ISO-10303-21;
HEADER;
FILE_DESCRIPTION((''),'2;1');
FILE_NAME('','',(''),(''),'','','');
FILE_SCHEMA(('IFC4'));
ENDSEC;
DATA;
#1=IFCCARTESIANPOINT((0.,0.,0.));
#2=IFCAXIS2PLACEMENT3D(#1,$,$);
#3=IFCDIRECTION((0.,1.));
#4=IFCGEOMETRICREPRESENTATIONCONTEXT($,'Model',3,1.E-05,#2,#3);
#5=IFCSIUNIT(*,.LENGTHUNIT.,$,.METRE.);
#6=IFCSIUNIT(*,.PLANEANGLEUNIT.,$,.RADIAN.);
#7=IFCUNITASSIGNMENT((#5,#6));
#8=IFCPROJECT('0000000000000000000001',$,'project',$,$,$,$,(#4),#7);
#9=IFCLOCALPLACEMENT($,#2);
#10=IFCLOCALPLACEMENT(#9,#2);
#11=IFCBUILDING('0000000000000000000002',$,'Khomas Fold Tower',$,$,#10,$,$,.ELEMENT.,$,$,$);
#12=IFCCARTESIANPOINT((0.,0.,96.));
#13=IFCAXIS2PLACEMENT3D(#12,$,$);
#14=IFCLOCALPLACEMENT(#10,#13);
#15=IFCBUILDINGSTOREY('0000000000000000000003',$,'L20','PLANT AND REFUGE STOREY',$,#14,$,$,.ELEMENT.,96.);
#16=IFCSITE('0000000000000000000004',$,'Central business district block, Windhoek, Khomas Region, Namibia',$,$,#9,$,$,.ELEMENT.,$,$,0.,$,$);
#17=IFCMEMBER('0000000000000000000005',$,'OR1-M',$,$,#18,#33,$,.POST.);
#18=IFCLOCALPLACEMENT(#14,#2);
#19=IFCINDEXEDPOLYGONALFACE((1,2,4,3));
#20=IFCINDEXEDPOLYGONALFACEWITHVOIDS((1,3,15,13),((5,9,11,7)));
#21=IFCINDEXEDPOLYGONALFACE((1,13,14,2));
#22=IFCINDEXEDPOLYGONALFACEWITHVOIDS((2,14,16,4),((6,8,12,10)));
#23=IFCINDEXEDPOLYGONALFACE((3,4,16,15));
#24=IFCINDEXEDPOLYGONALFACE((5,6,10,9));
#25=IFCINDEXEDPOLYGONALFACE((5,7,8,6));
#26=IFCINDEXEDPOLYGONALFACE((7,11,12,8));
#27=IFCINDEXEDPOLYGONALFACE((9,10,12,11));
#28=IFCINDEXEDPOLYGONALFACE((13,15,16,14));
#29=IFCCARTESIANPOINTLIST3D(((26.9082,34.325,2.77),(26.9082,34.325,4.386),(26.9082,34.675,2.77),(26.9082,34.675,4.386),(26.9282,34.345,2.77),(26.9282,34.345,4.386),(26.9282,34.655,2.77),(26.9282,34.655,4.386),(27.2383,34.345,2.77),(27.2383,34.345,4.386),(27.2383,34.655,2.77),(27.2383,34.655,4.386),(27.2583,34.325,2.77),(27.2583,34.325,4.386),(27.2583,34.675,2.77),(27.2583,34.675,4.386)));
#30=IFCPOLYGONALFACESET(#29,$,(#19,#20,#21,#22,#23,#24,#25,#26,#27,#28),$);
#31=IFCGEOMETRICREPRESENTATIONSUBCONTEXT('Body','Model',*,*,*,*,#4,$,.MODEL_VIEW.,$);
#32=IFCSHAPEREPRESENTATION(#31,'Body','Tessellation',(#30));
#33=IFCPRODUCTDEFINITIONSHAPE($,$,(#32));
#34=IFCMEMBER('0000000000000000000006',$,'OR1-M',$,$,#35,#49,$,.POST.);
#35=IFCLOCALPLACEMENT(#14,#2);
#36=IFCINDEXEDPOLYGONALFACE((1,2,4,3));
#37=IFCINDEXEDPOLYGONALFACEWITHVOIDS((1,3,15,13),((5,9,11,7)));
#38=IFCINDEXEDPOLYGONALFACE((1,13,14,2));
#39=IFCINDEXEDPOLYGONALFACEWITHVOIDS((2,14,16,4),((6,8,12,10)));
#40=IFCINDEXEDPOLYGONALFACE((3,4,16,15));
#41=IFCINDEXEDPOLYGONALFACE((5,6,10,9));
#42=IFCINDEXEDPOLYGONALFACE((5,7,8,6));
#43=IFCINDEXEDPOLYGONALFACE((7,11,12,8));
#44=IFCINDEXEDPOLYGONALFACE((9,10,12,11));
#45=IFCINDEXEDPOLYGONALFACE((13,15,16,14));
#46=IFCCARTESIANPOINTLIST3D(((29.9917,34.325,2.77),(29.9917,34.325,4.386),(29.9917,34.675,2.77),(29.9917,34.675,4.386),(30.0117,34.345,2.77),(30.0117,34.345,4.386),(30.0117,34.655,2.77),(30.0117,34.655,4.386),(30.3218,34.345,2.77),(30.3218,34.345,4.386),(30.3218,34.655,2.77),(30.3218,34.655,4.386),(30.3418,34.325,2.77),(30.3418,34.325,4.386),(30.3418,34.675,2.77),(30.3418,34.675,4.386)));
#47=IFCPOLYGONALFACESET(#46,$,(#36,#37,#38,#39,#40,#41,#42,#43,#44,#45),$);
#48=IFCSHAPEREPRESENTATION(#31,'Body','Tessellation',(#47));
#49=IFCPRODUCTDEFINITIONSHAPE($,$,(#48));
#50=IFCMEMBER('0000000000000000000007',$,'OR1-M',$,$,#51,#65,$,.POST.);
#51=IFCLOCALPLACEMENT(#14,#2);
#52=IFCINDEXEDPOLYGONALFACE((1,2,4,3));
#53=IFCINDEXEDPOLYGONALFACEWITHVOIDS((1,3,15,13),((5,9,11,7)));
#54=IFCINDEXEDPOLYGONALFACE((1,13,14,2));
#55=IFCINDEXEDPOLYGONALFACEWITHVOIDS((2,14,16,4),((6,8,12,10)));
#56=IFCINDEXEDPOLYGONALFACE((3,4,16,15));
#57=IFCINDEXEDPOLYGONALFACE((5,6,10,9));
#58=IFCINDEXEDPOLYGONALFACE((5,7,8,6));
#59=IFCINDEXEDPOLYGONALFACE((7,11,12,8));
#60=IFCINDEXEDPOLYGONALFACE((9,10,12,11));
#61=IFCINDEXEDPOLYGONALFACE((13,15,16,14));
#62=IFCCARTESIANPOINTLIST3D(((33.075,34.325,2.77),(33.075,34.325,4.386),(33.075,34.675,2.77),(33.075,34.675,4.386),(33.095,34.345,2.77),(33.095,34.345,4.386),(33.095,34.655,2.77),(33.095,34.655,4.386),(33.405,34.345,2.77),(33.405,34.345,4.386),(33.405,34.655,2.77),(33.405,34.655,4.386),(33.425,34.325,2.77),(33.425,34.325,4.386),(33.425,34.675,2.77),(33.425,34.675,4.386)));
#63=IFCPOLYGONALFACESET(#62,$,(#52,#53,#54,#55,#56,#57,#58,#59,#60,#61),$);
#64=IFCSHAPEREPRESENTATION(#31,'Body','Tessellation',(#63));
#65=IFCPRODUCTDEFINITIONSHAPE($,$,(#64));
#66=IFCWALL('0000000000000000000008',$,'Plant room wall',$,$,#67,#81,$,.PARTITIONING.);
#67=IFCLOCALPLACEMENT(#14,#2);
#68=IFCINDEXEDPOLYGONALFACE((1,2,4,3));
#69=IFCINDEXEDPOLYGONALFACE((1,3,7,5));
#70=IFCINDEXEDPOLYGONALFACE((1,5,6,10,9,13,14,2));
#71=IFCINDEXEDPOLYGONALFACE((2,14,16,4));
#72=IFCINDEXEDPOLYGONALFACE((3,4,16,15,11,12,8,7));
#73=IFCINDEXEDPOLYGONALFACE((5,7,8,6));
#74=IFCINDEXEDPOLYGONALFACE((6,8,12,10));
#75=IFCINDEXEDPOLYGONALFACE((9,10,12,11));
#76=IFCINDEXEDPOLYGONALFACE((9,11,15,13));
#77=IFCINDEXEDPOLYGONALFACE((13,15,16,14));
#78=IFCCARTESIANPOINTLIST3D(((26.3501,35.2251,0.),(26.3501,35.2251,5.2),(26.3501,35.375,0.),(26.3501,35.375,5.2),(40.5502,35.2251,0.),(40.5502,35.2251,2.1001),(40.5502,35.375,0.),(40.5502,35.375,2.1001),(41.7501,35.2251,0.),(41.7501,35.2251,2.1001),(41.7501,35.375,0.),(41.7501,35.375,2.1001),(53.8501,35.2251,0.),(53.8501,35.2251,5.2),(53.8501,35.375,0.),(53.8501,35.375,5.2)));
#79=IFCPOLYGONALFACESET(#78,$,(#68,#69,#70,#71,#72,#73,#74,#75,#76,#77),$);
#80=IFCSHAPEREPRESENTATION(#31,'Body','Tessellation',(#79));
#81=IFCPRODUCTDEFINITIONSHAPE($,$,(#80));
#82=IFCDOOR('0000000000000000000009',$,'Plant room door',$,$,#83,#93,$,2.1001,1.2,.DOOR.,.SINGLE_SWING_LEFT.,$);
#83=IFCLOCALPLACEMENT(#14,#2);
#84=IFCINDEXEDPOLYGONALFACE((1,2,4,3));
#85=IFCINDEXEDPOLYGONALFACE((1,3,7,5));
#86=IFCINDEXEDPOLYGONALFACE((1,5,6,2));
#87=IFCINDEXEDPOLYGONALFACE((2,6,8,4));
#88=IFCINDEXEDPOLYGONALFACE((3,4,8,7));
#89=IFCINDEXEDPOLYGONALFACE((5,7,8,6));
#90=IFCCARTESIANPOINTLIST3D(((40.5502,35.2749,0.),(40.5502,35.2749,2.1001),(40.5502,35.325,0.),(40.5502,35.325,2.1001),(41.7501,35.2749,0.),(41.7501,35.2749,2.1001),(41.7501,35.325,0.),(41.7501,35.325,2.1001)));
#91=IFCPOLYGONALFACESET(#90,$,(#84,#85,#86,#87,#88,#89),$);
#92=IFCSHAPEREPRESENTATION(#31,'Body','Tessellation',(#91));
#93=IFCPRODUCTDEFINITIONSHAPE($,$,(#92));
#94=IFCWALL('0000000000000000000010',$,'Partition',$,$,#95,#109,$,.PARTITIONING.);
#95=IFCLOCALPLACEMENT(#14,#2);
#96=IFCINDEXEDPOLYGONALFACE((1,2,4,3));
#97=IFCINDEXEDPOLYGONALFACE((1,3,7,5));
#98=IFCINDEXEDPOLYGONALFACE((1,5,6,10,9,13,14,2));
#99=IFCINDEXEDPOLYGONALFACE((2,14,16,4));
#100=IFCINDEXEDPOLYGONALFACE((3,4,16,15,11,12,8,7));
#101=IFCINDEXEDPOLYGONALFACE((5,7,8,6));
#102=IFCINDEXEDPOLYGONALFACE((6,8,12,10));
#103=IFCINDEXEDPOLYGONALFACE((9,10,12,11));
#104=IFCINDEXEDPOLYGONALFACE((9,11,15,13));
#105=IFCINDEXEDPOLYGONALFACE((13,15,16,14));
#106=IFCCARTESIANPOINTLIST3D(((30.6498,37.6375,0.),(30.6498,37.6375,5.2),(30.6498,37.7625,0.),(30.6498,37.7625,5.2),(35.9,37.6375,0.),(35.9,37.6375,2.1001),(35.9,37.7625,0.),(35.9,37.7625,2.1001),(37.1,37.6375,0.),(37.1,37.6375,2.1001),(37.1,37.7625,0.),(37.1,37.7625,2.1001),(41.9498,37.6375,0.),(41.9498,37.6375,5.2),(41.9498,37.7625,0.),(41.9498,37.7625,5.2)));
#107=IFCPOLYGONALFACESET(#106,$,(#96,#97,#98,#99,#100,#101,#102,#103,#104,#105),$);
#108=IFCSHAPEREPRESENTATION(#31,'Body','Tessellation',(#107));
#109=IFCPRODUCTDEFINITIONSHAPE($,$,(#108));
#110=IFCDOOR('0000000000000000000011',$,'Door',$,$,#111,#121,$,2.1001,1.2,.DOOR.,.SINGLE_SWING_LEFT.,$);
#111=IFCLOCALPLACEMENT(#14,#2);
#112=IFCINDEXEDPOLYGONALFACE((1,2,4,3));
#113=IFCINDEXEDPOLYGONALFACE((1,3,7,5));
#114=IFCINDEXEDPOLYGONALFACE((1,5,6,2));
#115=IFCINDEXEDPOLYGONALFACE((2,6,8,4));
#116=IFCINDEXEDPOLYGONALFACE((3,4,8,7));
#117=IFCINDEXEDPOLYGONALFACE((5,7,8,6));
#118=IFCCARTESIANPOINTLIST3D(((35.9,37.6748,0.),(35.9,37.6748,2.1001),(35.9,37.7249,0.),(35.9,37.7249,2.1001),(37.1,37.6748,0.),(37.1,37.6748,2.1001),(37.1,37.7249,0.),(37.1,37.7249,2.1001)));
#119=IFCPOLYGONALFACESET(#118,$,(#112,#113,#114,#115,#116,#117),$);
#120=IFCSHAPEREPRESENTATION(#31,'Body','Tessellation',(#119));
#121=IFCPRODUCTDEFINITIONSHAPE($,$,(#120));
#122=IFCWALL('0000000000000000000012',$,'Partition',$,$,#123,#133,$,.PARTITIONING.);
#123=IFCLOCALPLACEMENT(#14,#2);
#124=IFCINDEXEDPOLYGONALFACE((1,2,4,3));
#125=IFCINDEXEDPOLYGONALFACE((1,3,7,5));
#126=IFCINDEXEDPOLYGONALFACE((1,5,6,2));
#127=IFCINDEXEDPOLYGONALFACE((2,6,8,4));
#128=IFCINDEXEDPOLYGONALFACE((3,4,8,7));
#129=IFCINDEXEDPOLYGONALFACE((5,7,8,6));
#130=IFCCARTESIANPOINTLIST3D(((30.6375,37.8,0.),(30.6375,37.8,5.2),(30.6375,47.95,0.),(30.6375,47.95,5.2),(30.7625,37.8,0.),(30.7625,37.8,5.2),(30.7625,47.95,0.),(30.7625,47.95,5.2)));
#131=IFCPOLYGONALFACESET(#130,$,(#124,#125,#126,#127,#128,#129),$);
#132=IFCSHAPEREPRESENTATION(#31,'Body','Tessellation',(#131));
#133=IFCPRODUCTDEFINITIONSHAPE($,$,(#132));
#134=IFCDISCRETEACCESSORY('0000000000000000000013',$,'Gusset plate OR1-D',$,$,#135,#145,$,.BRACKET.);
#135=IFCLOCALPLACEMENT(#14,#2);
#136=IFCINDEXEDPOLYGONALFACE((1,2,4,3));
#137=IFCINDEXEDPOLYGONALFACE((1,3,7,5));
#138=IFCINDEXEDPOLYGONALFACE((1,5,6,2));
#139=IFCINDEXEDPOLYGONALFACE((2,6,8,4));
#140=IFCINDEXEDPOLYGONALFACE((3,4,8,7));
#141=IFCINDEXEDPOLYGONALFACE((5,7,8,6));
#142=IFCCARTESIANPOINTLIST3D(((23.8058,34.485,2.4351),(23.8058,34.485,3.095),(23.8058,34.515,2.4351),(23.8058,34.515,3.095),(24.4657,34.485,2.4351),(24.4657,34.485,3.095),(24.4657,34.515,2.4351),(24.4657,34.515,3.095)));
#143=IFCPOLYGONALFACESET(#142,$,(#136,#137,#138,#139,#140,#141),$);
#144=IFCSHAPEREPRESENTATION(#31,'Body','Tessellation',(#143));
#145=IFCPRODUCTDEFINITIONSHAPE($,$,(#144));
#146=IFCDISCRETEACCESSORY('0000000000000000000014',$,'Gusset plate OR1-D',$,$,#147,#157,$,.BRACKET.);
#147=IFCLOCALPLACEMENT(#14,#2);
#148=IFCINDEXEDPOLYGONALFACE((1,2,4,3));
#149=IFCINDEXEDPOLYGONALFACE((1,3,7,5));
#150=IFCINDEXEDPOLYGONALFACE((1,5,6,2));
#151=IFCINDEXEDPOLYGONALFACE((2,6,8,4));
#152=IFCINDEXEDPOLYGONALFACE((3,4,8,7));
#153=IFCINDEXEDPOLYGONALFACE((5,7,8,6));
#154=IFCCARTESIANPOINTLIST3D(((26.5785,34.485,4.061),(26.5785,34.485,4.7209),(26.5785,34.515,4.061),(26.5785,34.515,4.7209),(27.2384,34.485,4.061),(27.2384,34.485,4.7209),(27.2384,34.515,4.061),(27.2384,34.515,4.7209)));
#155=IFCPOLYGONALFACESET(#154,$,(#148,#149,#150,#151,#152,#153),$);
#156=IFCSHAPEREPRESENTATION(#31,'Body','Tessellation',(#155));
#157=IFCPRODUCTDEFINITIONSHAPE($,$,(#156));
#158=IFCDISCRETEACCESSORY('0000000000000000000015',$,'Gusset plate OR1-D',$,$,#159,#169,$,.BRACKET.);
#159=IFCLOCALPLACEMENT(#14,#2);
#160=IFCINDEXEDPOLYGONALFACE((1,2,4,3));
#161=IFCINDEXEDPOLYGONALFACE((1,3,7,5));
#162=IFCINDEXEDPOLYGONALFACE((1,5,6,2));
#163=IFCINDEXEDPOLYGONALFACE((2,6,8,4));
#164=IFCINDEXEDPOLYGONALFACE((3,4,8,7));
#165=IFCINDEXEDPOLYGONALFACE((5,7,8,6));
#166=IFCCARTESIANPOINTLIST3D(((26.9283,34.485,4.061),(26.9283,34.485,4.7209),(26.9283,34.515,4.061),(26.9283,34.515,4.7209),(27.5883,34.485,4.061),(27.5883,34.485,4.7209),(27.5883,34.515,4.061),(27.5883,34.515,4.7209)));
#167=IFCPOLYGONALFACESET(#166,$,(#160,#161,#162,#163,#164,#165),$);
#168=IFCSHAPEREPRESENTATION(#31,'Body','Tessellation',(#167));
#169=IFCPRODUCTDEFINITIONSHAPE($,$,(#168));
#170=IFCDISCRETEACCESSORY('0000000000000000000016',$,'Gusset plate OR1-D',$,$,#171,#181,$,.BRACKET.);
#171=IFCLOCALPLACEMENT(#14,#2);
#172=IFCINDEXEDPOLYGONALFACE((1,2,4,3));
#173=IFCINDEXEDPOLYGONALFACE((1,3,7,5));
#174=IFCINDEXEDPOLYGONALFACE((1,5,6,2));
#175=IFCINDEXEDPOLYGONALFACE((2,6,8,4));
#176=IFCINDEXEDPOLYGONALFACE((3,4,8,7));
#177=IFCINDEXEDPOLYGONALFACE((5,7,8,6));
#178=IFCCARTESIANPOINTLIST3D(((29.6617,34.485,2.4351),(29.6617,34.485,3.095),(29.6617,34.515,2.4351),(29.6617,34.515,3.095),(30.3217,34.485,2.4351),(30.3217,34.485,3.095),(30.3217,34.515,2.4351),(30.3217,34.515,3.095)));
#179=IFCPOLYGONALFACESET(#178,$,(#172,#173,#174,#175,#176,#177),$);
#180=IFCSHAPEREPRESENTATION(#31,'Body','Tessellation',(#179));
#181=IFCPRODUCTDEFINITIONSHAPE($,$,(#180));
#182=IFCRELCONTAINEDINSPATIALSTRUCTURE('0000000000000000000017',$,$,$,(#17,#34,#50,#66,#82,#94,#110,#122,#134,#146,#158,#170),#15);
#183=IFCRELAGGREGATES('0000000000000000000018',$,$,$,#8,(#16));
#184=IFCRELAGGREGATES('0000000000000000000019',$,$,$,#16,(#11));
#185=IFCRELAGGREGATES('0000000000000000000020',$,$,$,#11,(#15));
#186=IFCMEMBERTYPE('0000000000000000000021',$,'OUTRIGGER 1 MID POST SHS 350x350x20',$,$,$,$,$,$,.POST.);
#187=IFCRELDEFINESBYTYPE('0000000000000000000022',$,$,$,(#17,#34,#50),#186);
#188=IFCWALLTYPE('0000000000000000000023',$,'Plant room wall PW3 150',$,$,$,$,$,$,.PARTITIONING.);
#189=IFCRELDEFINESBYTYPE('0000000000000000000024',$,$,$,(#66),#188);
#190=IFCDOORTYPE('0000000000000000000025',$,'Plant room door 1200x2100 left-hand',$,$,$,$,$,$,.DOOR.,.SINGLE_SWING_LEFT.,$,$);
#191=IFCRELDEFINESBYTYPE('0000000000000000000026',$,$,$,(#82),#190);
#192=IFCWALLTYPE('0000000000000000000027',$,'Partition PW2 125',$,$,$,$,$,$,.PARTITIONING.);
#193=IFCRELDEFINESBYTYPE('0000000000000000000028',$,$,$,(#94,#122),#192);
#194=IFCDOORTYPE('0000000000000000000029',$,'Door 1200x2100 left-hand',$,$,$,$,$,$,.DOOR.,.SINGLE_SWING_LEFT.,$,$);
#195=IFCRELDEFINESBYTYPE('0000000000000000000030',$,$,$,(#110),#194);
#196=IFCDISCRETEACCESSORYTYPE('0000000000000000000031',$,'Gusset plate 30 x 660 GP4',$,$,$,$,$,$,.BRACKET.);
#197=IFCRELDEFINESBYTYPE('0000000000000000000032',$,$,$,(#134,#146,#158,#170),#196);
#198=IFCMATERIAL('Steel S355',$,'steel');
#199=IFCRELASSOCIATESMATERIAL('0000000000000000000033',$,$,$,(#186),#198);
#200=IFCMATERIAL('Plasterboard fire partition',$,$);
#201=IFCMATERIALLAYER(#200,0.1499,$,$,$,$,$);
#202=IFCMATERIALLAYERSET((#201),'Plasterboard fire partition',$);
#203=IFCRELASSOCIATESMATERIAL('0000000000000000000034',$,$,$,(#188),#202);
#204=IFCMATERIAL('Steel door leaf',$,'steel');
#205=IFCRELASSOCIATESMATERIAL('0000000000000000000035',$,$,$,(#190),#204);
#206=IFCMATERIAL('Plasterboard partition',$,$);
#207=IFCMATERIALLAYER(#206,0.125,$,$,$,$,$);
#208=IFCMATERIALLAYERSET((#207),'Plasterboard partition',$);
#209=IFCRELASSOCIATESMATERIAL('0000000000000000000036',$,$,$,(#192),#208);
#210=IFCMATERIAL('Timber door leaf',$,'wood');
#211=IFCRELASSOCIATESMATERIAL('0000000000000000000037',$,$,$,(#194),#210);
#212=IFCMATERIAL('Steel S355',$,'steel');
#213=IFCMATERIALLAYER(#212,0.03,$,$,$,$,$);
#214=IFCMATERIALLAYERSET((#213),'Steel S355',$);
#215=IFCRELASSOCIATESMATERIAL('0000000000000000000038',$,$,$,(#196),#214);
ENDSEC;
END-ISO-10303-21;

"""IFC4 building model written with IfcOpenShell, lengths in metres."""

from ifc_helpers import new_model, si_unit, direction, frame, frame_2d, origin, origin_2d, place, context, subcontext, project, spatial, rectangle, hollow_rectangle, extrude, source, transform, mapped, material, layer, layer_set, material_profile, profile_set, type_object, element, fill, save


model = new_model("IFC4")

# Units and contexts
model_context = context("Model", 3, precision=1e-05, world=origin(), true_north=direction((0.0, 1.0)))
body_context = subcontext(model_context, "Body", "Model", "MODEL_VIEW")
ifc_project = project(units=[si_unit("LENGTHUNIT", "METRE"), si_unit("PLANEANGLEUNIT", "RADIAN")], contexts=[model_context])

# Site, building, storey
site_placement = place(None, origin())
site = spatial("IfcSite", under=ifc_project, at=site_placement, Name="Central business district block, Windhoek, Khomas Region, Namibia", CompositionType="ELEMENT", RefElevation=0.0)
building_placement = place(site_placement, origin())
building = spatial("IfcBuilding", under=site, at=building_placement, Name="Khomas Fold Tower", CompositionType="ELEMENT")
storey_placement = place(building_placement, frame((0.0, 0.0, 96.0)))
storey = spatial("IfcBuildingStorey", under=building, at=storey_placement, Name="L20", Description="PLANT AND REFUGE STOREY", CompositionType="ELEMENT", Elevation=96.0)

# Members
ifc_material_1 = material(Name="Steel S355", Category="steel")
ifc_material_profile_1 = material_profile(ifc_material_1, hollow_rectangle(XDim=0.3501, YDim=0.3501, WallThickness=0.02, at=origin_2d()), Name="SHS 350x350x20")
ifc_profile_set_1 = profile_set([ifc_material_profile_1], Name="Steel S355")
member_type_1 = type_object("IfcMemberType", Name="OUTRIGGER 1 MID POST SHS 350x350x20", PredefinedType="POST", material=ifc_profile_set_1)
shared_shape_1 = source(origin(), body_context, "Body", "SweptSolid", [
    extrude(hollow_rectangle(XDim=0.3501, YDim=0.3501, WallThickness=0.02, at=origin_2d()), origin(), (0.0, 0.0, 1.0), 1.616),
])
for number, where, z_axis, x_axis, name in (
    (1, (27.0833, 34.5, 2.77), (0.0, 0.0, 1.0), (1.0, 0.0, 0.0), "OR1-M"),
    (2, (30.1667, 34.5, 2.77), (0.0, 0.0, 1.0), (1.0, 0.0, 0.0), "OR1-M"),
    (3, (33.25, 34.5, 2.77), (0.0, 0.0, 1.0), (1.0, 0.0, 0.0), "OR1-M"),
):
    element("IfcMember", number, at=place(storey_placement, frame(where, z_axis=z_axis, x_axis=x_axis)), inside=storey, type_object=member_type_1, Name=name, PredefinedType="POST", context=body_context, shape_type="MappedRepresentation", body=[
        mapped(shared_shape_1, transform((0.0, 0.0, 0.0))),
    ])

# Walls, openings, doors
ifc_material_2 = material(Name="Plasterboard fire partition")
ifc_layer_1 = layer(ifc_material_2, 0.1499)
ifc_layer_set_1 = layer_set([ifc_layer_1], Name="Plasterboard fire partition")
wall_type_1 = type_object("IfcWallType", Name="Plant room wall PW3 150", PredefinedType="PARTITIONING", material=ifc_layer_set_1)
shared_shape_2 = source(origin(), body_context, "Body", "SweptSolid", [
    extrude(rectangle(XDim=27.5, YDim=0.1499, at=frame_2d((13.75, 0.0))), origin(), (0.0, 0.0, 1.0), 5.2),
])
wall_1_placement = place(storey_placement, frame((26.3501, 35.3, 0.0), z_axis=(0.0, 0.0, 1.0), x_axis=(1.0, 0.0, 0.0)))
wall_1 = element("IfcWall", 4, at=wall_1_placement, inside=storey, type_object=wall_type_1, Name="Plant room wall", PredefinedType="PARTITIONING", context=body_context, shape_type="MappedRepresentation", body=[
    mapped(shared_shape_2, transform((0.0, 0.0, 0.0))),
])
shared_shape_3 = source(origin(), body_context, "Body", "SweptSolid", [
    extrude(rectangle(XDim=1.2, YDim=2.1001, at=frame_2d((0.6001, 1.05))), frame((0.0, 0.085, 0.0), z_axis=(0.0, -1.0, 0.0), x_axis=(1.0, 0.0, 0.0)), (0.0, 0.0, 1.0), 0.1699),
])
opening_1_placement = place(wall_1_placement, frame((14.2, 0.0, 0.0)))
opening_1 = element("IfcOpeningElement", 5, at=opening_1_placement, cuts=wall_1, PredefinedType="OPENING", context=body_context, shape_type="MappedRepresentation", body=[
    mapped(shared_shape_3, transform((0.0, 0.0, 0.0))),
])
ifc_material_3 = material(Name="Steel door leaf", Category="steel")
door_type_1 = type_object("IfcDoorType", Name="Plant room door 1200x2100 left-hand", OperationType="SINGLE_SWING_LEFT", PredefinedType="DOOR", material=ifc_material_3)
shared_shape_4 = source(origin(), body_context, "Body", "SweptSolid", [
    extrude(rectangle(XDim=1.2, YDim=2.1001, at=frame_2d((0.6001, 1.05))), frame((0.0, 0.0249, 0.0), z_axis=(0.0, -1.0, 0.0), x_axis=(1.0, 0.0, 0.0)), (0.0, 0.0, 1.0), 0.05),
])
door_1_placement = place(opening_1_placement, origin())
door_1 = element("IfcDoor", 6, at=door_1_placement, inside=storey, type_object=door_type_1, Name="Plant room door", OperationType="SINGLE_SWING_LEFT", OverallHeight=2.1001, OverallWidth=1.2, PredefinedType="DOOR", context=body_context, shape_type="MappedRepresentation", body=[
    mapped(shared_shape_4, transform((0.0, 0.0, 0.0))),
])
fill(opening_1, door_1)
ifc_material_4 = material(Name="Plasterboard partition")
ifc_layer_2 = layer(ifc_material_4, 0.125)
ifc_layer_set_2 = layer_set([ifc_layer_2], Name="Plasterboard partition")
wall_type_2 = type_object("IfcWallType", Name="Partition PW2 125", PredefinedType="PARTITIONING", material=ifc_layer_set_2)
shared_shape_5 = source(origin(), body_context, "Body", "SweptSolid", [
    extrude(rectangle(XDim=11.3, YDim=0.125, at=frame_2d((5.6499, 0.0))), origin(), (0.0, 0.0, 1.0), 5.2),
])
wall_2_placement = place(storey_placement, frame((30.6499, 37.7, 0.0), z_axis=(0.0, 0.0, 1.0), x_axis=(1.0, 0.0, 0.0)))
wall_2 = element("IfcWall", 7, at=wall_2_placement, inside=storey, type_object=wall_type_2, Name="Partition", PredefinedType="PARTITIONING", context=body_context, shape_type="MappedRepresentation", body=[
    mapped(shared_shape_5, transform((0.0, 0.0, 0.0))),
])
shared_shape_6 = source(origin(), body_context, "Body", "SweptSolid", [
    extrude(rectangle(XDim=1.2, YDim=2.1001, at=frame_2d((0.6001, 1.05))), frame((0.0, 0.0725, 0.0), z_axis=(0.0, -1.0, 0.0), x_axis=(1.0, 0.0, 0.0)), (0.0, 0.0, 1.0), 0.145),
])
opening_2_placement = place(wall_2_placement, frame((5.25, 0.0, 0.0)))
opening_2 = element("IfcOpeningElement", 8, at=opening_2_placement, cuts=wall_2, PredefinedType="OPENING", context=body_context, shape_type="MappedRepresentation", body=[
    mapped(shared_shape_6, transform((0.0, 0.0, 0.0))),
])
ifc_material_5 = material(Name="Timber door leaf", Category="wood")
door_type_2 = type_object("IfcDoorType", Name="Door 1200x2100 left-hand", OperationType="SINGLE_SWING_LEFT", PredefinedType="DOOR", material=ifc_material_5)
door_2_placement = place(opening_2_placement, origin())
door_2 = element("IfcDoor", 9, at=door_2_placement, inside=storey, type_object=door_type_2, Name="Door", OperationType="SINGLE_SWING_LEFT", OverallHeight=2.1001, OverallWidth=1.2, PredefinedType="DOOR", context=body_context, shape_type="MappedRepresentation", body=[
    mapped(shared_shape_4, transform((0.0, 0.0, 0.0))),
])
fill(opening_2, door_2)

# Wall
shared_shape_7 = source(origin(), body_context, "Body", "SweptSolid", [
    extrude(rectangle(XDim=10.1499, YDim=0.125, at=frame_2d((5.075, 0.0))), origin(), (0.0, 0.0, 1.0), 5.2),
])
wall_3_placement = place(storey_placement, frame((30.7, 37.8, 0.0), z_axis=(0.0, 0.0, 1.0), x_axis=(0.0, 1.0, 0.0)))
element("IfcWall", 10, at=wall_3_placement, inside=storey, type_object=wall_type_2, Name="Partition", PredefinedType="PARTITIONING", context=body_context, shape_type="MappedRepresentation", body=[
    mapped(shared_shape_7, transform((0.0, 0.0, 0.0))),
])

# Discrete accessories
ifc_material_6 = material(Name="Steel S355", Category="steel")
ifc_layer_3 = layer(ifc_material_6, 0.03)
ifc_layer_set_3 = layer_set([ifc_layer_3], Name="Steel S355")
discrete_accessory_type = type_object("IfcDiscreteAccessoryType", Name="Gusset plate 30 x 660 GP4", PredefinedType="BRACKET", material=ifc_layer_set_3)
shared_shape_8 = source(origin(), body_context, "Body", "SweptSolid", [
    extrude(rectangle(XDim=0.6599, YDim=0.03, at=origin_2d()), origin(), (0.0, 0.0, 1.0), 0.6599),
])
for number, where, z_axis, x_axis, name in (
    (11, (24.1357, 34.5, 2.4351), (0.0, 0.0, 1.0), (1.0, 0.0, 0.0), "Gusset plate OR1-D"),
    (12, (26.9084, 34.5, 4.061), (0.0, 0.0, 1.0), (1.0, 0.0, 0.0), "Gusset plate OR1-D"),
    (13, (27.2583, 34.5, 4.061), (0.0, 0.0, 1.0), (1.0, 0.0, 0.0), "Gusset plate OR1-D"),
    (14, (29.9917, 34.5, 2.4351), (0.0, 0.0, 1.0), (1.0, 0.0, 0.0), "Gusset plate OR1-D"),
):
    element("IfcDiscreteAccessory", number, at=place(storey_placement, frame(where, z_axis=z_axis, x_axis=x_axis)), inside=storey, type_object=discrete_accessory_type, Name=name, PredefinedType="BRACKET", context=body_context, shape_type="MappedRepresentation", body=[
        mapped(shared_shape_8, transform((0.0, 0.0, 0.0))),
    ])

save(model, "model.ifc")
